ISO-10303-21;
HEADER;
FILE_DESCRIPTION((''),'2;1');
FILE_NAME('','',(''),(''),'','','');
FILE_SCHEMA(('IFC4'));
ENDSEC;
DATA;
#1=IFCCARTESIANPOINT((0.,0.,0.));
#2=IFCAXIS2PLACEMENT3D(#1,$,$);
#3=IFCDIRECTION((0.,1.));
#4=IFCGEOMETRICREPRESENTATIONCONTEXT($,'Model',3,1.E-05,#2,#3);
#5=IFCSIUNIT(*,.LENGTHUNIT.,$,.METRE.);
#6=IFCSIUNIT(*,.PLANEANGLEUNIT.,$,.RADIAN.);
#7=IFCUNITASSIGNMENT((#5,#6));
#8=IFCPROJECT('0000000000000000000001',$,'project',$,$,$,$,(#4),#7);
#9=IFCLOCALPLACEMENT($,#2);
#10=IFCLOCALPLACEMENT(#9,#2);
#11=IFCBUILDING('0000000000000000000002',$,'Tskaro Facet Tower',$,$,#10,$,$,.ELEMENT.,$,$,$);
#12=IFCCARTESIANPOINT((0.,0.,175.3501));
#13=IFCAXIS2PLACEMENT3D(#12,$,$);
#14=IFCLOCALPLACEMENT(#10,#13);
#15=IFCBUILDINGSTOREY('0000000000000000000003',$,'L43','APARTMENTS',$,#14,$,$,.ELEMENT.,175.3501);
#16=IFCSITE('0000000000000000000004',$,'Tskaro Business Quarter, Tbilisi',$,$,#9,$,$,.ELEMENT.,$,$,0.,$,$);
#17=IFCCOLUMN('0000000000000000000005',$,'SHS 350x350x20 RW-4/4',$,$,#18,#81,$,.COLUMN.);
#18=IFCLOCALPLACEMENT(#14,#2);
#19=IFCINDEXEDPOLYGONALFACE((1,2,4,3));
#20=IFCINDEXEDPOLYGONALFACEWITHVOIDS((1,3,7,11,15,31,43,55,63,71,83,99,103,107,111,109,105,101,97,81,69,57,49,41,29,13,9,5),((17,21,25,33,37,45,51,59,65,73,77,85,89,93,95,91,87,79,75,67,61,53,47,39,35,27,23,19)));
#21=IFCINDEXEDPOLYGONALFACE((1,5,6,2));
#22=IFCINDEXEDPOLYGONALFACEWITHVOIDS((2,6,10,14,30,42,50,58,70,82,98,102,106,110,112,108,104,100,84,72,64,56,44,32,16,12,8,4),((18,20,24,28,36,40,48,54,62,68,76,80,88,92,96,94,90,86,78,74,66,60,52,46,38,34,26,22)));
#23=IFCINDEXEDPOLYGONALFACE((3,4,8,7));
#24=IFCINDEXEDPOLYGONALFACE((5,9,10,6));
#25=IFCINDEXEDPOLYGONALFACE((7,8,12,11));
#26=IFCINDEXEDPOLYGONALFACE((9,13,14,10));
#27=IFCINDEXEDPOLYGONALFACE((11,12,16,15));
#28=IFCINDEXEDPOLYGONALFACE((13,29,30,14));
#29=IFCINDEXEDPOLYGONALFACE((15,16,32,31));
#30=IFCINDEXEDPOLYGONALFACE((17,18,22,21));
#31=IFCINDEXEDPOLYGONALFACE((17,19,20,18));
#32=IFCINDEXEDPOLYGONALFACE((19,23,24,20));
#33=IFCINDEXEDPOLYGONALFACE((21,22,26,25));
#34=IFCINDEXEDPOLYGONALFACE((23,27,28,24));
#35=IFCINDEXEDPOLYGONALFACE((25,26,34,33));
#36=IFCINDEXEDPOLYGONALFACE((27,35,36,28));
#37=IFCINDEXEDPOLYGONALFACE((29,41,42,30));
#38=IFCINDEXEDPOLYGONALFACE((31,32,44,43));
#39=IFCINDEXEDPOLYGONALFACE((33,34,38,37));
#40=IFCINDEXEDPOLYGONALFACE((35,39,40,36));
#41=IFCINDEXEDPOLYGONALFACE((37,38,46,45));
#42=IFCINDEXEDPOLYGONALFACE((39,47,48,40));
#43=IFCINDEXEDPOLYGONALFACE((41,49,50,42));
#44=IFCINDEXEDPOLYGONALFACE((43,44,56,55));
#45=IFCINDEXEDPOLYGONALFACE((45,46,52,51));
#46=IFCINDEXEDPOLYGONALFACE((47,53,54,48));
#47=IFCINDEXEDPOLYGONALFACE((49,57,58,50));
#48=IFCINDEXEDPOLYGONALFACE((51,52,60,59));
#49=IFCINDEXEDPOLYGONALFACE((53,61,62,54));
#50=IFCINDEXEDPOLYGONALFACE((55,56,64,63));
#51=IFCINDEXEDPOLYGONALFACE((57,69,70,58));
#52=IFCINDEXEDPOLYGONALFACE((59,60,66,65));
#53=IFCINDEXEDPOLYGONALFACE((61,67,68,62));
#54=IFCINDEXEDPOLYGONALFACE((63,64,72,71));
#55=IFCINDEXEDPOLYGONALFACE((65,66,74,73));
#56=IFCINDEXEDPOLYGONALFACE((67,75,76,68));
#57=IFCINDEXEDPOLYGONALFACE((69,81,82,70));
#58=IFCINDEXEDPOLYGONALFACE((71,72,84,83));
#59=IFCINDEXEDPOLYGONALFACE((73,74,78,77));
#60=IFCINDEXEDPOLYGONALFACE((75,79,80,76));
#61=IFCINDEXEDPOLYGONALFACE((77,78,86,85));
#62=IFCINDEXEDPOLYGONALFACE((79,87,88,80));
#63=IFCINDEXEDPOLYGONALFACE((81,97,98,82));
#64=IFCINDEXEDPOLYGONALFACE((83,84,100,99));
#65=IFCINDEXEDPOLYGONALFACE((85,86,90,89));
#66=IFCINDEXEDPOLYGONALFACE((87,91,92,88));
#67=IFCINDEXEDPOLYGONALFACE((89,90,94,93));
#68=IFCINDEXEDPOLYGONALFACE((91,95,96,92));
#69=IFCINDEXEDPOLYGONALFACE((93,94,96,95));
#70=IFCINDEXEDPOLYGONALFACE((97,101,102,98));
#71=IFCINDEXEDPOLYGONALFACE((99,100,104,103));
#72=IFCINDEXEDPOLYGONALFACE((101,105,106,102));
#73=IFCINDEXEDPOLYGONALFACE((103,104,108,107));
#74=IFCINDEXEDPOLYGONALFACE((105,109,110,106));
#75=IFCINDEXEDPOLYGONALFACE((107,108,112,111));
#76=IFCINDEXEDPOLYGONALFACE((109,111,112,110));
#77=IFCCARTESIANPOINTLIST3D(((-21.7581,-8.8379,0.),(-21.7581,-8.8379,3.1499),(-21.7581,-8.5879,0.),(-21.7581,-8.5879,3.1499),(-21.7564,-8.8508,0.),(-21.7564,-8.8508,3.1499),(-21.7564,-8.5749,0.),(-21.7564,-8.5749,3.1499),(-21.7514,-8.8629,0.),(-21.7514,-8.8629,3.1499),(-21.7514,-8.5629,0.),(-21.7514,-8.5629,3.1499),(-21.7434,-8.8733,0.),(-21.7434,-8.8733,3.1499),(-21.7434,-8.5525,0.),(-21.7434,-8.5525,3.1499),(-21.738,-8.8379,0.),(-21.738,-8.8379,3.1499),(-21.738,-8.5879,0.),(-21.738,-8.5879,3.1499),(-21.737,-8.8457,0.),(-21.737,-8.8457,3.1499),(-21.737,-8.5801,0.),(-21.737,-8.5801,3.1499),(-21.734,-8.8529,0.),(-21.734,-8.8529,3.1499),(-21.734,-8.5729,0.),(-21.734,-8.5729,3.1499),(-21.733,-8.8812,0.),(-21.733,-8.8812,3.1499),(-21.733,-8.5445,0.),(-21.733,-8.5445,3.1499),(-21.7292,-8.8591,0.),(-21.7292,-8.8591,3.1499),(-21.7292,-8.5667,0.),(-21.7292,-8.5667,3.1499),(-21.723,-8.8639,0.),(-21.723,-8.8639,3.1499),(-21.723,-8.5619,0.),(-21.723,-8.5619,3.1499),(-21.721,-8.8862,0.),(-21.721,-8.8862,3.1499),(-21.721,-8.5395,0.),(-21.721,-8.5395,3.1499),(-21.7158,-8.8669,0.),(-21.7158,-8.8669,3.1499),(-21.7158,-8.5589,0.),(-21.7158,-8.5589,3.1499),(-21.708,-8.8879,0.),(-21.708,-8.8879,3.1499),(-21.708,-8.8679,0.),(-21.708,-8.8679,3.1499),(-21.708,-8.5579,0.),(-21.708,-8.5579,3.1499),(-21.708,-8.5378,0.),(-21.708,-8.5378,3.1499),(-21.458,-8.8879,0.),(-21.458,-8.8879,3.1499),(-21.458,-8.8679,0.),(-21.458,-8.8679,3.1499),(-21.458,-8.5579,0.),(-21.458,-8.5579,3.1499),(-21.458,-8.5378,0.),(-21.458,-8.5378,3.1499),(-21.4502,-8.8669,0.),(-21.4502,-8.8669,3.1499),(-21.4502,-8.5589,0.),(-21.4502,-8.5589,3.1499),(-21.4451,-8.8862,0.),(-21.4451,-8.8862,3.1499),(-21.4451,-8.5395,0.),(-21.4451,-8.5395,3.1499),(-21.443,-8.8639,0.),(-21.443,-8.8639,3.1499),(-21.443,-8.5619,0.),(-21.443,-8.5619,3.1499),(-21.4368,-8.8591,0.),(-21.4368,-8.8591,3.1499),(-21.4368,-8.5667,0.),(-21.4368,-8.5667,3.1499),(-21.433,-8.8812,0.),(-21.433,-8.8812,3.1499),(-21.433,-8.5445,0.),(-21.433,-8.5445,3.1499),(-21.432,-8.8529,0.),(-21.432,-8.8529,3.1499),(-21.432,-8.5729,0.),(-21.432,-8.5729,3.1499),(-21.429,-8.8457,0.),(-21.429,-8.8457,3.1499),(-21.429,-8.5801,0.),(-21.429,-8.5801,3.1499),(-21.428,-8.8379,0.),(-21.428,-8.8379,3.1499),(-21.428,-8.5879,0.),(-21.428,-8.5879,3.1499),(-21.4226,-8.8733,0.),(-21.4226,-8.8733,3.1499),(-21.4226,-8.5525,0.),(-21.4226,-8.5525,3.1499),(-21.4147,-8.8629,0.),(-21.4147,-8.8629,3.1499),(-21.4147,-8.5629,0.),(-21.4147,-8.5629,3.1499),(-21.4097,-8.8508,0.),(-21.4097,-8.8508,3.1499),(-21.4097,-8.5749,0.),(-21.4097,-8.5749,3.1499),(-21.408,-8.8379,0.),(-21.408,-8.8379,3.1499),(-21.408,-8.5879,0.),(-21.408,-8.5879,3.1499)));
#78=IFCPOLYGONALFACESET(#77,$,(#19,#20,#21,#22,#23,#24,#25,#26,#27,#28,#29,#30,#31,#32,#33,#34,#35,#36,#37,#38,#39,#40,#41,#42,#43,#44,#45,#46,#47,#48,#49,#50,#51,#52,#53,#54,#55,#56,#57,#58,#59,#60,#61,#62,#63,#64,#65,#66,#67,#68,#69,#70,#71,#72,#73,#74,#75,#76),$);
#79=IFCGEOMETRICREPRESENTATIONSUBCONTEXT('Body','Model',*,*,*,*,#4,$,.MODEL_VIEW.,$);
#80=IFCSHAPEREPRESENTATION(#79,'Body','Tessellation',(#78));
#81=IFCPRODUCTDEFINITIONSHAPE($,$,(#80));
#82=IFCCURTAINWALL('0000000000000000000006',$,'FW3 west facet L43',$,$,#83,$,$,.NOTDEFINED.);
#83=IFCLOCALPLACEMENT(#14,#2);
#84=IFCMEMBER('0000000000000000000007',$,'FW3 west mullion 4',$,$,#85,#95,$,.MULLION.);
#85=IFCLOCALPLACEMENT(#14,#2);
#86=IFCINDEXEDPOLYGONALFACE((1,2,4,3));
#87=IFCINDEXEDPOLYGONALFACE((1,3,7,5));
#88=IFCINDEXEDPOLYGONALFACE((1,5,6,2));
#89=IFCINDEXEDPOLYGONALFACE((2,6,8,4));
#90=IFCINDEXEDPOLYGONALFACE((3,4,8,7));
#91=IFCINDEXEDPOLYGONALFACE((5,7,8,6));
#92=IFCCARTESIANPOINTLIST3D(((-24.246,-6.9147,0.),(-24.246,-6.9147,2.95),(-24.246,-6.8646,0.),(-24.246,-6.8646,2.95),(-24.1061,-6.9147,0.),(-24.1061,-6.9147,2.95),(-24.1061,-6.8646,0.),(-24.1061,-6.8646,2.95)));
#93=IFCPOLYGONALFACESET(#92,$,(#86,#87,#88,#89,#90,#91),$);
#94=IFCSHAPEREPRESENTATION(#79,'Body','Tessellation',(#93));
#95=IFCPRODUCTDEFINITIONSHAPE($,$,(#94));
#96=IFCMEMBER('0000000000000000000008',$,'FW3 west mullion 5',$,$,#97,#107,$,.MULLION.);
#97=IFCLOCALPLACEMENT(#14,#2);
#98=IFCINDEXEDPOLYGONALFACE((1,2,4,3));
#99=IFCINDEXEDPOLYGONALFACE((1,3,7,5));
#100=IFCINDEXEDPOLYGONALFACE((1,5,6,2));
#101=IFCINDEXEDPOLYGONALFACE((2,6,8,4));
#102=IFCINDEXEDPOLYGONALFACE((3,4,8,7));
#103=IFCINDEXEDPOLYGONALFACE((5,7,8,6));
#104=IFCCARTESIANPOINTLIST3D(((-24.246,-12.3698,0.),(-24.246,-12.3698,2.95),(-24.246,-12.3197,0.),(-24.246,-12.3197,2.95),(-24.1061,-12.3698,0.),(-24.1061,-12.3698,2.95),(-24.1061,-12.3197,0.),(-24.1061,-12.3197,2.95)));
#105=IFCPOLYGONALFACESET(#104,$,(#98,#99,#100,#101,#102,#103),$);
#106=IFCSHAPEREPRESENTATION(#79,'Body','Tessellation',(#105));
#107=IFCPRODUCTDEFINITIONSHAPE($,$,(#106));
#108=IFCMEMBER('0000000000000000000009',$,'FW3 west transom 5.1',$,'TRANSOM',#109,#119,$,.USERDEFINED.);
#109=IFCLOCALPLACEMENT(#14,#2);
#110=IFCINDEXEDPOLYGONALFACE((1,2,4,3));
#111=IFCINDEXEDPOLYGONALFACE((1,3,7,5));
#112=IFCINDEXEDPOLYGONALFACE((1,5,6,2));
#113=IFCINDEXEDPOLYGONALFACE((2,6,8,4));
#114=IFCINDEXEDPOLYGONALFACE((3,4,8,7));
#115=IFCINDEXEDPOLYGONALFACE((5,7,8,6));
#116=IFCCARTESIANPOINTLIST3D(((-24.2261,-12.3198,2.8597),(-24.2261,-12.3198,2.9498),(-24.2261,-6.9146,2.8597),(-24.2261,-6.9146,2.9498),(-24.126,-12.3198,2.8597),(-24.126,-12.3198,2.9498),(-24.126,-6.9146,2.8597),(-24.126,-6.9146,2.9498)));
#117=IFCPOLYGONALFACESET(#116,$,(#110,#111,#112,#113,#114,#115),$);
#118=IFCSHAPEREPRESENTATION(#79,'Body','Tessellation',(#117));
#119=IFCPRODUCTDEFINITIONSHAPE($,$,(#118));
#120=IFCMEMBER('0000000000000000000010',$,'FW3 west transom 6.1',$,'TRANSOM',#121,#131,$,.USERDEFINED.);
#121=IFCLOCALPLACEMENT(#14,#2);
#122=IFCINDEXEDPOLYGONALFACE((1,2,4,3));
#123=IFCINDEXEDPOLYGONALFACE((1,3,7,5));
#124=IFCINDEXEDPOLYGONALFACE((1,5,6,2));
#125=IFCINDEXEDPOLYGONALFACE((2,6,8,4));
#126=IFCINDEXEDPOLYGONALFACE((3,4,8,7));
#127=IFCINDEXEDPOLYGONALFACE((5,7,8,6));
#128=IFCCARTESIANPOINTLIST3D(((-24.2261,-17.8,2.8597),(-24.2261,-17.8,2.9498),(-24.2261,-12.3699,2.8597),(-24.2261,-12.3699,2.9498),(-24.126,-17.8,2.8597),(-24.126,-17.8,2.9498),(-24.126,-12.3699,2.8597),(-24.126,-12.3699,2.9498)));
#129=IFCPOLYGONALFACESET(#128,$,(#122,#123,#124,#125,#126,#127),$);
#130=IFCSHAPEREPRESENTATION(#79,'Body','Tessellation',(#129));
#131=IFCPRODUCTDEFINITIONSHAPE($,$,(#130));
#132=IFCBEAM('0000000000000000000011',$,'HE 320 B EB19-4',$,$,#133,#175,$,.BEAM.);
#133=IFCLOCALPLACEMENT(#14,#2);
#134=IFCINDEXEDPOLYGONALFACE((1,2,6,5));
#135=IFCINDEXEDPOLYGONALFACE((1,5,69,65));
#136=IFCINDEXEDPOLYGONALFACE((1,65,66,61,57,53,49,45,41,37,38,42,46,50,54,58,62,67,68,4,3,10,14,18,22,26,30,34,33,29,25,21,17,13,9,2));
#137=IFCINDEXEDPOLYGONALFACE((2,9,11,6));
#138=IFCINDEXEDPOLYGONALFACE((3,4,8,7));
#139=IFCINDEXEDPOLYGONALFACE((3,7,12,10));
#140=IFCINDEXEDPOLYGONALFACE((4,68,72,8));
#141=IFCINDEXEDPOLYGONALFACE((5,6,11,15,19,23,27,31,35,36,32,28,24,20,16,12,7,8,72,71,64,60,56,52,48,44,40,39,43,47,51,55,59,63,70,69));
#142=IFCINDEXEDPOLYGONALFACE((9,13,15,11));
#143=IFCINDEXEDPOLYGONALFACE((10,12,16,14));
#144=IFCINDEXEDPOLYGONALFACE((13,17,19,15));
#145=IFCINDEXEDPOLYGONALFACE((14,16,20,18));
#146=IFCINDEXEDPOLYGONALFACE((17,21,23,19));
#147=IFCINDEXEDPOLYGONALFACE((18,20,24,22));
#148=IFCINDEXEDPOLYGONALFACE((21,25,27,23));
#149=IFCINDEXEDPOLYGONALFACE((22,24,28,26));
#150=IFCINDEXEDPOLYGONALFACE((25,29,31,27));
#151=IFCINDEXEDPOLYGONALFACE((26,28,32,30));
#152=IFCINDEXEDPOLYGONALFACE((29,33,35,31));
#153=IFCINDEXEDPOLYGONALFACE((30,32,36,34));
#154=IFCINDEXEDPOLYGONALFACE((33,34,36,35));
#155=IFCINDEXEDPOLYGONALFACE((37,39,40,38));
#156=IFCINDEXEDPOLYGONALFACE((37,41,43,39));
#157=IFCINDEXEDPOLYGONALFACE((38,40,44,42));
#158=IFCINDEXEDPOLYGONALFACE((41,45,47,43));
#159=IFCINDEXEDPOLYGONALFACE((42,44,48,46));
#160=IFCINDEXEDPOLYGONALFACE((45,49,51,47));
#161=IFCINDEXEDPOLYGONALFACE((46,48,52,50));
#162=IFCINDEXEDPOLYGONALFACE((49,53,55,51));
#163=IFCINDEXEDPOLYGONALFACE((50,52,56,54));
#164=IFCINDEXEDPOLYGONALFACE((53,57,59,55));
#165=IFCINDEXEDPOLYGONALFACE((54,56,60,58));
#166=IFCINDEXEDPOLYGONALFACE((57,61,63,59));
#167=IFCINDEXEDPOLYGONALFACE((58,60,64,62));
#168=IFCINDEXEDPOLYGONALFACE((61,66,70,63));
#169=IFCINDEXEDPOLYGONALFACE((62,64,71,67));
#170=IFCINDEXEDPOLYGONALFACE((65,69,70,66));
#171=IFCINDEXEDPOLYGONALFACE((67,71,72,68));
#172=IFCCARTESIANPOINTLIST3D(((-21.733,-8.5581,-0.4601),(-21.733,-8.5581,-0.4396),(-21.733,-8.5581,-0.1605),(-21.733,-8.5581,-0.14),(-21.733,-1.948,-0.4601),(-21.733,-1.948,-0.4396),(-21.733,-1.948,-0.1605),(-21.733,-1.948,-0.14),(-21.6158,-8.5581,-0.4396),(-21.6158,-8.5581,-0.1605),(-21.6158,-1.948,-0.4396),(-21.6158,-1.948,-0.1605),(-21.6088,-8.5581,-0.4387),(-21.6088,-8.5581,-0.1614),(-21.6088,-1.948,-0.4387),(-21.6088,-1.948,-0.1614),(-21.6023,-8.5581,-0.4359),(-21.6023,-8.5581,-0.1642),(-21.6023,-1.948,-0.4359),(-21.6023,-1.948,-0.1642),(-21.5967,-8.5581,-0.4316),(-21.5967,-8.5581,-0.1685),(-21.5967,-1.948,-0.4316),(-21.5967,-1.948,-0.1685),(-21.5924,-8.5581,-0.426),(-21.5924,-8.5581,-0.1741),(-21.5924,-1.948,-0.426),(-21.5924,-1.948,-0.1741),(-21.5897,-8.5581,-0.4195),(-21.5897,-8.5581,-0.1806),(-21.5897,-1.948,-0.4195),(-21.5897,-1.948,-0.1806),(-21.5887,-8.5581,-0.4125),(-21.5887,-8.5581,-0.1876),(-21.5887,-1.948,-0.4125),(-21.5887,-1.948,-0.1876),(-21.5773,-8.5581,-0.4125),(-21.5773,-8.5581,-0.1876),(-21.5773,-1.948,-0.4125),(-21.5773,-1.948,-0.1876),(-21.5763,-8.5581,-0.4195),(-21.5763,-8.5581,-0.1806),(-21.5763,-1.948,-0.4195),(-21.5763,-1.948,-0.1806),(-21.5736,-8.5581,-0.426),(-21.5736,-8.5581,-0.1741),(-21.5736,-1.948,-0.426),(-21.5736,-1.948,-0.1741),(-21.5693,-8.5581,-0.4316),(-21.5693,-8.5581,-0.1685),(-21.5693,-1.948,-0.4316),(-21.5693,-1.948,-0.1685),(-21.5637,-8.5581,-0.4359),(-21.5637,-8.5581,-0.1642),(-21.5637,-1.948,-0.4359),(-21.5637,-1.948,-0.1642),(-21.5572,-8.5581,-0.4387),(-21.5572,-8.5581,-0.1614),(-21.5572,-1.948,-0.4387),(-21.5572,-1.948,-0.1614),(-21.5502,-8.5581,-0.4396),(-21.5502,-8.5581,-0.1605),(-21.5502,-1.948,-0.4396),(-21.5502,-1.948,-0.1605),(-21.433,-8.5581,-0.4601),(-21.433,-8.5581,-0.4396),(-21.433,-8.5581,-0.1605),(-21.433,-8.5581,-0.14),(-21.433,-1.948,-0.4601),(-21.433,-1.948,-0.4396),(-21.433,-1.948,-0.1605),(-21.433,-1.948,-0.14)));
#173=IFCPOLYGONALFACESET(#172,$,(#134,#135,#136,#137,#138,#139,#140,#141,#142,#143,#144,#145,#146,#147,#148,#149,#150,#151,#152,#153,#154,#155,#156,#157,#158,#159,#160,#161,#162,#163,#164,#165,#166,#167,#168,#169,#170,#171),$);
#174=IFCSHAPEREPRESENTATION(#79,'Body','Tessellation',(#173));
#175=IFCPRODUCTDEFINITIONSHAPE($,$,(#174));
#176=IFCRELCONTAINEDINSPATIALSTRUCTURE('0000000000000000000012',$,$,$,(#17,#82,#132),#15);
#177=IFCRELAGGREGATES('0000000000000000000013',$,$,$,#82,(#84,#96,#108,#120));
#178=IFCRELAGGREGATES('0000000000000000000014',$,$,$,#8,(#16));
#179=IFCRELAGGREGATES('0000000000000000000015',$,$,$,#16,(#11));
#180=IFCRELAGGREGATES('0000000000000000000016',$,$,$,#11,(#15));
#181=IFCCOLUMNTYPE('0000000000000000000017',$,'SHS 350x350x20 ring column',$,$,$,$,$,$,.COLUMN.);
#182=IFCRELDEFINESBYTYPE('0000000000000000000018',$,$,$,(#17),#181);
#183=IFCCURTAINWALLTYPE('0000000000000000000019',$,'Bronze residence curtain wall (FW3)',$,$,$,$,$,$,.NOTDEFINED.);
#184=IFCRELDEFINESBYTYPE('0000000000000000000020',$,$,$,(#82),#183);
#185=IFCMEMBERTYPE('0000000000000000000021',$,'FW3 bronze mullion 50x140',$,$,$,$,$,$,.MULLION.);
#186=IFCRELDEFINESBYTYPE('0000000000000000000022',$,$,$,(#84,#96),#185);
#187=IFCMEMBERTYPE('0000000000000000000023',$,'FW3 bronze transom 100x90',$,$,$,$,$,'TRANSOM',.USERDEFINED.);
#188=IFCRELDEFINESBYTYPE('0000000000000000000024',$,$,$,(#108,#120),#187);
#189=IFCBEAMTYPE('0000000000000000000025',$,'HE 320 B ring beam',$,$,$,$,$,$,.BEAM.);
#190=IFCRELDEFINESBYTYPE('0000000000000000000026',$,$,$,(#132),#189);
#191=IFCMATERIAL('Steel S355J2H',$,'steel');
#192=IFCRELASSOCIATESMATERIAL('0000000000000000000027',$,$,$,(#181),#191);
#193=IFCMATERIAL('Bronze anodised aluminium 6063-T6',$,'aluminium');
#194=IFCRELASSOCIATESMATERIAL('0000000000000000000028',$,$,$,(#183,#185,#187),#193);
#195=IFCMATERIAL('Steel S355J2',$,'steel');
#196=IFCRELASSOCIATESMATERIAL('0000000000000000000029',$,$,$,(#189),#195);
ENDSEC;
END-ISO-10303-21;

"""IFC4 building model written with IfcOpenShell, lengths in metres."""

from ifc_helpers import new_model, si_unit, direction, frame, origin, origin_2d, place, context, subcontext, project, spatial, rectangle, hollow_rectangle, i_section, extrude, material, material_profile, profile_set, type_object, element, aggregate, save


model = new_model("IFC4")

# Units and contexts
model_context = context("Model", 3, precision=1e-05, world=origin(), true_north=direction((0.0, 1.0)))
body_context = subcontext(model_context, "Body", "Model", "MODEL_VIEW")
ifc_project = project(units=[si_unit("LENGTHUNIT", "METRE"), si_unit("PLANEANGLEUNIT", "RADIAN")], contexts=[model_context])

# Site, building, storey
site_placement = place(None, origin())
site = spatial("IfcSite", under=ifc_project, at=site_placement, Name="Tskaro Business Quarter, Tbilisi", CompositionType="ELEMENT", RefElevation=0.0)
building_placement = place(site_placement, origin())
building = spatial("IfcBuilding", under=site, at=building_placement, Name="Tskaro Facet Tower", CompositionType="ELEMENT")
storey_placement = place(building_placement, frame((0.0, 0.0, 175.3501)))
storey = spatial("IfcBuildingStorey", under=building, at=storey_placement, Name="L43", Description="APARTMENTS", CompositionType="ELEMENT", Elevation=175.3501)

# Column
ifc_material_1 = material(Name="Steel S355J2H", Category="steel")
ifc_material_profile_1 = material_profile(ifc_material_1, hollow_rectangle(XDim=0.3501, YDim=0.3501, WallThickness=0.02, InnerFilletRadius=0.03, OuterFilletRadius=0.05, at=origin_2d()), Name="SHS 350x350x20")
ifc_profile_set_1 = profile_set([ifc_material_profile_1], Name="Steel S355J2H")
column_type_1 = type_object("IfcColumnType", Name="SHS 350x350x20 ring column", PredefinedType="COLUMN", material=ifc_profile_set_1)
for number, where, z_axis, x_axis, name in (
    (1, (-21.583, -8.7129, 0.0), (0.0, 0.0, 1.0), (1.0, 0.0, 0.0), "SHS 350x350x20 RW-4/4"),
):
    element("IfcColumn", number, at=place(storey_placement, frame(where, z_axis=z_axis, x_axis=x_axis)), inside=storey, type_object=column_type_1, Name=name, PredefinedType="COLUMN", context=body_context, shape_type="SweptSolid", body=[
        extrude(hollow_rectangle(XDim=0.3501, YDim=0.3501, WallThickness=0.02, InnerFilletRadius=0.03, OuterFilletRadius=0.05, at=origin_2d()), origin(), (0.0, 0.0, 1.0), 3.1499),
    ])

# Curtain wall, members
ifc_material_2 = material(Name="Bronze anodised aluminium 6063-T6", Category="aluminium")
curtain_wall_type = type_object("IfcCurtainWallType", Name="Bronze residence curtain wall (FW3)", PredefinedType="NOTDEFINED", material=ifc_material_2)
curtain_wall_placement = place(storey_placement, origin())
curtain_wall = element("IfcCurtainWall", 2, at=curtain_wall_placement, inside=storey, type_object=curtain_wall_type, Name="FW3 west facet L43", PredefinedType="NOTDEFINED")
ifc_material_profile_2 = material_profile(ifc_material_2, rectangle(XDim=0.05, YDim=0.1399, at=origin_2d()), Name="Mullion 50x140")
ifc_profile_set_2 = profile_set([ifc_material_profile_2], Name="Bronze anodised aluminium 6063-T6")
member_type_1 = type_object("IfcMemberType", Name="FW3 bronze mullion 50x140", PredefinedType="MULLION", material=ifc_profile_set_2)
member_1_placement = place(storey_placement, frame((-24.176, -6.8896, 0.0), z_axis=(0.0, 0.0, 1.0), x_axis=(0.0, -1.0, 0.0)))
member_1 = element("IfcMember", 3, at=member_1_placement, type_object=member_type_1, Name="FW3 west mullion 4", PredefinedType="MULLION", context=body_context, shape_type="SweptSolid", body=[
    extrude(rectangle(XDim=0.05, YDim=0.1399, at=origin_2d()), origin(), (0.0, 0.0, 1.0), 2.95),
])
member_2_placement = place(storey_placement, frame((-24.176, -12.3447, 0.0), z_axis=(0.0, 0.0, 1.0), x_axis=(0.0, -1.0, 0.0)))
member_2 = element("IfcMember", 4, at=member_2_placement, type_object=member_type_1, Name="FW3 west mullion 5", PredefinedType="MULLION", context=body_context, shape_type="SweptSolid", body=[
    extrude(rectangle(XDim=0.05, YDim=0.1399, at=origin_2d()), origin(), (0.0, 0.0, 1.0), 2.95),
])
ifc_material_profile_3 = material_profile(ifc_material_2, rectangle(XDim=0.1001, YDim=0.0901, at=origin_2d()), Name="Transom 100x90")
ifc_profile_set_3 = profile_set([ifc_material_profile_3], Name="Bronze anodised aluminium 6063-T6")
member_type_2 = type_object("IfcMemberType", Name="FW3 bronze transom 100x90", ElementType="TRANSOM", PredefinedType="USERDEFINED", material=ifc_profile_set_3)
member_3_placement = place(storey_placement, frame((-24.176, -6.9146, 2.9048), z_axis=(0.0, -1.0, 0.0), x_axis=(1.0, 0.0, 0.0)))
member_3 = element("IfcMember", 5, at=member_3_placement, type_object=member_type_2, Name="FW3 west transom 5.1", ObjectType="TRANSOM", PredefinedType="USERDEFINED", context=body_context, shape_type="SweptSolid", body=[
    extrude(rectangle(XDim=0.1001, YDim=0.0901, at=origin_2d()), origin(), (0.0, 0.0, 1.0), 5.4053),
])
member_4_placement = place(storey_placement, frame((-24.176, -12.3699, 2.9048), z_axis=(0.0, -1.0, 0.0), x_axis=(1.0, 0.0, 0.0)))
member_4 = element("IfcMember", 6, at=member_4_placement, type_object=member_type_2, Name="FW3 west transom 6.1", ObjectType="TRANSOM", PredefinedType="USERDEFINED", context=body_context, shape_type="SweptSolid", body=[
    extrude(rectangle(XDim=0.1001, YDim=0.0901, at=origin_2d()), origin(), (0.0, 0.0, 1.0), 5.4302),
])

# Beam
ifc_material_3 = material(Name="Steel S355J2", Category="steel")
ifc_material_profile_4 = material_profile(ifc_material_3, i_section(OverallWidth=0.3, OverallDepth=0.3201, WebThickness=0.0115, FlangeThickness=0.0205, FilletRadius=0.0271, at=origin_2d()), Name="HE 320 B")
ifc_profile_set_4 = profile_set([ifc_material_profile_4], Name="Steel S355J2")
beam_type_1 = type_object("IfcBeamType", Name="HE 320 B ring beam", PredefinedType="BEAM", material=ifc_profile_set_4)
for number, where, z_axis, x_axis, name in (
    (7, (-21.583, -1.948, -0.3), (0.0, -1.0, 0.0), (1.0, 0.0, 0.0), "HE 320 B EB19-4"),
):
    element("IfcBeam", number, at=place(storey_placement, frame(where, z_axis=z_axis, x_axis=x_axis)), inside=storey, type_object=beam_type_1, Name=name, PredefinedType="BEAM", context=body_context, shape_type="SweptSolid", body=[
        extrude(i_section(OverallWidth=0.3, OverallDepth=0.3201, WebThickness=0.0115, FlangeThickness=0.0205, FilletRadius=0.0271, at=origin_2d()), origin(), (0.0, 0.0, 1.0), 6.6101),
    ])

aggregate(curtain_wall, [member_1, member_2, member_3, member_4])

save(model, "model.ifc")
